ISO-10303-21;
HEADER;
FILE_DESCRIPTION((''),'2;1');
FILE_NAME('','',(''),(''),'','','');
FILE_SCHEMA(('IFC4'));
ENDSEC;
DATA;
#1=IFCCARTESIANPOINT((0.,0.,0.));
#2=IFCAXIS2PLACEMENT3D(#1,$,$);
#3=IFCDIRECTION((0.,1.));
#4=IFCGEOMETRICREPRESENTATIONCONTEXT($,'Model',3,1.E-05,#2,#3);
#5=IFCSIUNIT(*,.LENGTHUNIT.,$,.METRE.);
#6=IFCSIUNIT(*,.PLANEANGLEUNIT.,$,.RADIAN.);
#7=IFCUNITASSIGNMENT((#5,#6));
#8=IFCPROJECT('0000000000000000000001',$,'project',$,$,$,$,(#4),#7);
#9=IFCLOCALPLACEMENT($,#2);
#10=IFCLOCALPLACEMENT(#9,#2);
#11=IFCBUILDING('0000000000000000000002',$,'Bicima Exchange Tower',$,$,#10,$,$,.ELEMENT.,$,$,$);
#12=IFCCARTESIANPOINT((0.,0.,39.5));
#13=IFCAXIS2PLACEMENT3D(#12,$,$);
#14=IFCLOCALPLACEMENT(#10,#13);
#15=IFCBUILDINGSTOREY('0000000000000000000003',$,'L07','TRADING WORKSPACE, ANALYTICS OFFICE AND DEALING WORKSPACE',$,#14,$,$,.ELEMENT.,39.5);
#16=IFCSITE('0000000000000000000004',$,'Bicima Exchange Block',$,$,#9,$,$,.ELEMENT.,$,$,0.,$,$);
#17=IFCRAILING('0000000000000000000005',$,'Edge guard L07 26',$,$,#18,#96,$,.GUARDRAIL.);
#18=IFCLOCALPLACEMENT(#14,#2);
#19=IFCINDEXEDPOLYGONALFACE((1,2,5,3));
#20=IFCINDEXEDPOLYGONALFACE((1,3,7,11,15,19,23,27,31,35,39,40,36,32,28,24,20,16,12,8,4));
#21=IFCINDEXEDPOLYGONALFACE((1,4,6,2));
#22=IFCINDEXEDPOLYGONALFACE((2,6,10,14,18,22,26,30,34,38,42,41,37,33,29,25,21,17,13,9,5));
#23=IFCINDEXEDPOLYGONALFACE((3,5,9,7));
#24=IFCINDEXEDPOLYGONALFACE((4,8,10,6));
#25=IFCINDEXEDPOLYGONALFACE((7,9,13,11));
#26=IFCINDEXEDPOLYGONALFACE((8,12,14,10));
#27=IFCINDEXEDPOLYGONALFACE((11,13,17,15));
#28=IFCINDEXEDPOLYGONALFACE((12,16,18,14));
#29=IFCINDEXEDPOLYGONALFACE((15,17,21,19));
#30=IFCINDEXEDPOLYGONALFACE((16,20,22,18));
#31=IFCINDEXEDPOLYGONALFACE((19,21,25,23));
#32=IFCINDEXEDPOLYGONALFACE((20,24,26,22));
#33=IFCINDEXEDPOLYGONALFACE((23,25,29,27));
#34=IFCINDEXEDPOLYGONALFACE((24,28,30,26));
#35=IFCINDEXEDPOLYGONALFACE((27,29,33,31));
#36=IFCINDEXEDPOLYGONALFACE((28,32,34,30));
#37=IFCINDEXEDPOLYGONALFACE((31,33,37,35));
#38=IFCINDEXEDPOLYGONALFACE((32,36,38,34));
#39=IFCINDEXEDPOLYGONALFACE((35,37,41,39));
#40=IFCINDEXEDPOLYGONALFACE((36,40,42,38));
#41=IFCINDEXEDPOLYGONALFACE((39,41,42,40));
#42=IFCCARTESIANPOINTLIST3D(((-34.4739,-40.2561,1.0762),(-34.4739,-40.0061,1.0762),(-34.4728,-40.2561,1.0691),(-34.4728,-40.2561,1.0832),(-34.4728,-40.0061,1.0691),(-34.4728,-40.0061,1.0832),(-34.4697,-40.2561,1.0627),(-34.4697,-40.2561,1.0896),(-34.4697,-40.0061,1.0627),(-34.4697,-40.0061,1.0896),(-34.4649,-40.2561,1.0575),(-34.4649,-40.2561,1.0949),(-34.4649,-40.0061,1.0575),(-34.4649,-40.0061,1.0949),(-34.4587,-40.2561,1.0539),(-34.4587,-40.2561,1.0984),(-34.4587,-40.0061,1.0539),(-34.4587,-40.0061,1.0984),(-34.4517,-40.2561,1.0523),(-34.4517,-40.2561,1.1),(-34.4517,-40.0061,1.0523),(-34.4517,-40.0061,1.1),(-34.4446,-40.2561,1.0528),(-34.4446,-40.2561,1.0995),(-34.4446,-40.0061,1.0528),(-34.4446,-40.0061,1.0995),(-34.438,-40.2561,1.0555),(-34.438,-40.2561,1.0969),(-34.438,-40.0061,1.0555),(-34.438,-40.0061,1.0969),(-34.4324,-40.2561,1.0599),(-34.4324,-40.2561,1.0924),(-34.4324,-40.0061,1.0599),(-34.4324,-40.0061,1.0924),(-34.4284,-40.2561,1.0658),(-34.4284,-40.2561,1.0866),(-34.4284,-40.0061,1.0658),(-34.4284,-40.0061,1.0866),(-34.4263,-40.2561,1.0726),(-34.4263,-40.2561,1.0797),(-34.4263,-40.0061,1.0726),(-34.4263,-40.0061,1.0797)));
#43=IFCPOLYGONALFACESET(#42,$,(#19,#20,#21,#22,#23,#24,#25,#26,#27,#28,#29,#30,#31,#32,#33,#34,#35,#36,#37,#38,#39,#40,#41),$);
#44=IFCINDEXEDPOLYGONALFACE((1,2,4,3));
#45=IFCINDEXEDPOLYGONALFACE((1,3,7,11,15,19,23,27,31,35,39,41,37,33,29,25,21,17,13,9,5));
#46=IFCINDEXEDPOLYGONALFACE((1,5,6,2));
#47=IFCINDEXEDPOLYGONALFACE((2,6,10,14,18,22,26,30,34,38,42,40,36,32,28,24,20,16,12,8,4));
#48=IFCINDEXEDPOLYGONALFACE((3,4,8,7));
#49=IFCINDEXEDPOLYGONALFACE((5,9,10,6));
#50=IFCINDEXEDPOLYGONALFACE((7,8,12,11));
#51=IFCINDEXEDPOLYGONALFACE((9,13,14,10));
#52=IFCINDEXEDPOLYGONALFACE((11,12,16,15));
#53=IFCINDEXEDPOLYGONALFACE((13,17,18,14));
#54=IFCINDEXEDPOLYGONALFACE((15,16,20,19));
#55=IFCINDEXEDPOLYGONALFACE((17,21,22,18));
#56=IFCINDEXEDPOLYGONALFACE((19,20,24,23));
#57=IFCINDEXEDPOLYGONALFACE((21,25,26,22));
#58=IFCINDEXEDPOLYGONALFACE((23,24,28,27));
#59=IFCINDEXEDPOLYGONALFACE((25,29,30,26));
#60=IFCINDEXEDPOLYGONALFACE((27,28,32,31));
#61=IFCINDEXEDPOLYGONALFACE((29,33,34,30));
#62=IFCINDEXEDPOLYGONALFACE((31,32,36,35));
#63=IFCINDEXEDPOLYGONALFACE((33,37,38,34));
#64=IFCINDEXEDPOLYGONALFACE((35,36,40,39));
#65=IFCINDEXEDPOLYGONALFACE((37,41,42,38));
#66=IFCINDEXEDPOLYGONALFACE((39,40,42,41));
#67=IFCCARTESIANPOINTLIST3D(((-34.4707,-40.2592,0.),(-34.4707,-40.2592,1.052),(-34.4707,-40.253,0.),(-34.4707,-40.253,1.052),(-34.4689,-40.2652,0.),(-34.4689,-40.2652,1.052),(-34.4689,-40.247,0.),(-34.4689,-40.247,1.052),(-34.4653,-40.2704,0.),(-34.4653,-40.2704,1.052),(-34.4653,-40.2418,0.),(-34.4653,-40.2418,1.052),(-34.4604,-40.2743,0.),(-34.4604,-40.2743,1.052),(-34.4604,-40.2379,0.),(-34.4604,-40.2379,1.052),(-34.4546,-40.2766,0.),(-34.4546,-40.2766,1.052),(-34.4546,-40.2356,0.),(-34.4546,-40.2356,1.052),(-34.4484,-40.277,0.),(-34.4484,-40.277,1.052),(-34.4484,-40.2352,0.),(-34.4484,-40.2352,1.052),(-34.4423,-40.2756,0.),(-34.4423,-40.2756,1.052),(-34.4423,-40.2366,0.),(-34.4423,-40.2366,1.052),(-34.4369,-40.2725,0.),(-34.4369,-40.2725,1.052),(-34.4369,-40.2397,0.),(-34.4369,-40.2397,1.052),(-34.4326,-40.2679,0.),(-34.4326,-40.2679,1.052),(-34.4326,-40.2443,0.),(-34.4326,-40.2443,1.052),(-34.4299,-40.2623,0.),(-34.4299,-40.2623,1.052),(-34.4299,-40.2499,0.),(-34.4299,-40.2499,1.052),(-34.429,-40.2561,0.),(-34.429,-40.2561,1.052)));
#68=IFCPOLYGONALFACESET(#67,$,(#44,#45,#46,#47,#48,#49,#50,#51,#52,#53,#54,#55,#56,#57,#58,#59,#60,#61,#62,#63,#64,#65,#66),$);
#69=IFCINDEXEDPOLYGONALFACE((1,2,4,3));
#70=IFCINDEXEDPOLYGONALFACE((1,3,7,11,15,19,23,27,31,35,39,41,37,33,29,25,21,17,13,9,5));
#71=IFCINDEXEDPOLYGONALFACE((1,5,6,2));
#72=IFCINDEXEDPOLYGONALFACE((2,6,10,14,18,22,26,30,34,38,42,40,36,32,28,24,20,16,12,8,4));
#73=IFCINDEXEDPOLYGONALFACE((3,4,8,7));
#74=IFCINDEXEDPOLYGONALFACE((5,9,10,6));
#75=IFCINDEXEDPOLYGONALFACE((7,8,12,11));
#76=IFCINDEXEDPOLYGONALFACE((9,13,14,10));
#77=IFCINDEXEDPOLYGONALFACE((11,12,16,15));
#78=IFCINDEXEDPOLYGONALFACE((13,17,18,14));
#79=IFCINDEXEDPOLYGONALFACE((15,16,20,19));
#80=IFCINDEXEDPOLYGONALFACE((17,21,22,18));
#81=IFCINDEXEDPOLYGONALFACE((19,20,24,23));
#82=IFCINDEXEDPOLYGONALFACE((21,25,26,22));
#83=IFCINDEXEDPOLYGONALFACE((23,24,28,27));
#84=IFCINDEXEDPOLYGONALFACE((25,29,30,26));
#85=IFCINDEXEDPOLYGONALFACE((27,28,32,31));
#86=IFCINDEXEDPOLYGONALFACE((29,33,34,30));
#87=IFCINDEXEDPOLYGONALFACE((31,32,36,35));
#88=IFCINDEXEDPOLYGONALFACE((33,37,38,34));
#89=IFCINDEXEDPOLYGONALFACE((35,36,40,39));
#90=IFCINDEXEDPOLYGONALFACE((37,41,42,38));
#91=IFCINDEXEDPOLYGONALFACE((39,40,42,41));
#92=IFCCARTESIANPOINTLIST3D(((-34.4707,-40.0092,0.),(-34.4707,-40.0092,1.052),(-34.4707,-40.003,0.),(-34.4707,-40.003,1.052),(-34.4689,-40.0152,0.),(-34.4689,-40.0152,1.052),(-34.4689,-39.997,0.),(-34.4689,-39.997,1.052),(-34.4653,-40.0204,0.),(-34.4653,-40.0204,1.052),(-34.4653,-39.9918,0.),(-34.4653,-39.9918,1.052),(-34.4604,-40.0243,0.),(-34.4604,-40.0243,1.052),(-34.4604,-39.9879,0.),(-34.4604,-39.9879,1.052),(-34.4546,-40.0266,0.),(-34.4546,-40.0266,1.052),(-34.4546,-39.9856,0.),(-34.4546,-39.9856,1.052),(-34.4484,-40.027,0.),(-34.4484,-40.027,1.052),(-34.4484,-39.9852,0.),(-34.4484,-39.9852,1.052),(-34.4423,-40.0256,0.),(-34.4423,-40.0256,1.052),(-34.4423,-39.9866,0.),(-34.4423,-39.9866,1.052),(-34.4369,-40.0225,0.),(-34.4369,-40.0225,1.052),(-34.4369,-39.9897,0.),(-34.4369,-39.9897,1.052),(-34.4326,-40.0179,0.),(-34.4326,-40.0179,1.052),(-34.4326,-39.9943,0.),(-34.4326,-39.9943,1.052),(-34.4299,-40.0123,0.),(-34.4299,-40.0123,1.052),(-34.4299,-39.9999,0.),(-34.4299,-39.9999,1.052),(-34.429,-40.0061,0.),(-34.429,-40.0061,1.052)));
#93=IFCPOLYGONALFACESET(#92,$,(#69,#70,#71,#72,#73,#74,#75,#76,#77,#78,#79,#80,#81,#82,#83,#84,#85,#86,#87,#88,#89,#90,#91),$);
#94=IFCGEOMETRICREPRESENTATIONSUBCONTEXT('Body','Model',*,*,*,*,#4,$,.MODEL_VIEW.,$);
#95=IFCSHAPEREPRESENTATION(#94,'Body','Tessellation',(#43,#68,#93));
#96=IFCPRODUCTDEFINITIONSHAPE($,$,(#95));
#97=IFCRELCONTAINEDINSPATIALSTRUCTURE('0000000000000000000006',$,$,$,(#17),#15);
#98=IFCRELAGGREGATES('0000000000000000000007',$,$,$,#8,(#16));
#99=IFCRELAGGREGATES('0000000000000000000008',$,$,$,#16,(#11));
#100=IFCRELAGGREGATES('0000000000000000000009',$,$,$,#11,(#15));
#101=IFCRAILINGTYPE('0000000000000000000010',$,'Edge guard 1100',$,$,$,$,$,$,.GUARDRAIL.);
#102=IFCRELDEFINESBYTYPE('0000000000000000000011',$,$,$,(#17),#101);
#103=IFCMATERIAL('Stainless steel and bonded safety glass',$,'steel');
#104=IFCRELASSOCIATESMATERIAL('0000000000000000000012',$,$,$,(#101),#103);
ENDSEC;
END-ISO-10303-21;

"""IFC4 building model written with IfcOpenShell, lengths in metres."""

from ifc_helpers import new_model, si_unit, direction, frame, origin, origin_2d, place, context, subcontext, project, spatial, circle, extrude, material, type_object, element, save


model = new_model("IFC4")

# Units and contexts
model_context = context("Model", 3, precision=1e-05, world=origin(), true_north=direction((0.0, 1.0)))
body_context = subcontext(model_context, "Body", "Model", "MODEL_VIEW")
ifc_project = project(units=[si_unit("LENGTHUNIT", "METRE"), si_unit("PLANEANGLEUNIT", "RADIAN")], contexts=[model_context])

# Site, building, storey
site_placement = place(None, origin())
site = spatial("IfcSite", under=ifc_project, at=site_placement, Name="Bicima Exchange Block", CompositionType="ELEMENT", RefElevation=0.0)
building_placement = place(site_placement, origin())
building = spatial("IfcBuilding", under=site, at=building_placement, Name="Bicima Exchange Tower", CompositionType="ELEMENT")
storey_placement = place(building_placement, frame((0.0, 0.0, 39.5)))
storey = spatial("IfcBuildingStorey", under=building, at=storey_placement, Name="L07", Description="TRADING WORKSPACE, ANALYTICS OFFICE AND DEALING WORKSPACE", CompositionType="ELEMENT", Elevation=39.5)

# Railing
ifc_material_1 = material(Name="Stainless steel and bonded safety glass", Category="steel")
railing_type = type_object("IfcRailingType", Name="Edge guard 1100", PredefinedType="GUARDRAIL", material=ifc_material_1)
railing_1_placement = place(storey_placement, frame((-34.45, -40.2561, 0.0)))
element("IfcRailing", 1, at=railing_1_placement, inside=storey, type_object=railing_type, Name="Edge guard L07 26", PredefinedType="GUARDRAIL", context=body_context, shape_type="SweptSolid", body=[
    extrude(circle(Radius=0.0239, at=origin_2d()), frame((0.0, 0.0, 1.0762), z_axis=(0.0, 1.0, 0.0), x_axis=(-1.0, 0.0, 0.0)), (0.0, 0.0, 1.0), 0.25),
    extrude(circle(Radius=0.021, at=origin_2d()), origin(), (0.0, 0.0, 1.0), 1.052),
    extrude(circle(Radius=0.021, at=origin_2d()), frame((0.0, 0.25, 0.0)), (0.0, 0.0, 1.0), 1.052),
])

save(model, "model.ifc")
